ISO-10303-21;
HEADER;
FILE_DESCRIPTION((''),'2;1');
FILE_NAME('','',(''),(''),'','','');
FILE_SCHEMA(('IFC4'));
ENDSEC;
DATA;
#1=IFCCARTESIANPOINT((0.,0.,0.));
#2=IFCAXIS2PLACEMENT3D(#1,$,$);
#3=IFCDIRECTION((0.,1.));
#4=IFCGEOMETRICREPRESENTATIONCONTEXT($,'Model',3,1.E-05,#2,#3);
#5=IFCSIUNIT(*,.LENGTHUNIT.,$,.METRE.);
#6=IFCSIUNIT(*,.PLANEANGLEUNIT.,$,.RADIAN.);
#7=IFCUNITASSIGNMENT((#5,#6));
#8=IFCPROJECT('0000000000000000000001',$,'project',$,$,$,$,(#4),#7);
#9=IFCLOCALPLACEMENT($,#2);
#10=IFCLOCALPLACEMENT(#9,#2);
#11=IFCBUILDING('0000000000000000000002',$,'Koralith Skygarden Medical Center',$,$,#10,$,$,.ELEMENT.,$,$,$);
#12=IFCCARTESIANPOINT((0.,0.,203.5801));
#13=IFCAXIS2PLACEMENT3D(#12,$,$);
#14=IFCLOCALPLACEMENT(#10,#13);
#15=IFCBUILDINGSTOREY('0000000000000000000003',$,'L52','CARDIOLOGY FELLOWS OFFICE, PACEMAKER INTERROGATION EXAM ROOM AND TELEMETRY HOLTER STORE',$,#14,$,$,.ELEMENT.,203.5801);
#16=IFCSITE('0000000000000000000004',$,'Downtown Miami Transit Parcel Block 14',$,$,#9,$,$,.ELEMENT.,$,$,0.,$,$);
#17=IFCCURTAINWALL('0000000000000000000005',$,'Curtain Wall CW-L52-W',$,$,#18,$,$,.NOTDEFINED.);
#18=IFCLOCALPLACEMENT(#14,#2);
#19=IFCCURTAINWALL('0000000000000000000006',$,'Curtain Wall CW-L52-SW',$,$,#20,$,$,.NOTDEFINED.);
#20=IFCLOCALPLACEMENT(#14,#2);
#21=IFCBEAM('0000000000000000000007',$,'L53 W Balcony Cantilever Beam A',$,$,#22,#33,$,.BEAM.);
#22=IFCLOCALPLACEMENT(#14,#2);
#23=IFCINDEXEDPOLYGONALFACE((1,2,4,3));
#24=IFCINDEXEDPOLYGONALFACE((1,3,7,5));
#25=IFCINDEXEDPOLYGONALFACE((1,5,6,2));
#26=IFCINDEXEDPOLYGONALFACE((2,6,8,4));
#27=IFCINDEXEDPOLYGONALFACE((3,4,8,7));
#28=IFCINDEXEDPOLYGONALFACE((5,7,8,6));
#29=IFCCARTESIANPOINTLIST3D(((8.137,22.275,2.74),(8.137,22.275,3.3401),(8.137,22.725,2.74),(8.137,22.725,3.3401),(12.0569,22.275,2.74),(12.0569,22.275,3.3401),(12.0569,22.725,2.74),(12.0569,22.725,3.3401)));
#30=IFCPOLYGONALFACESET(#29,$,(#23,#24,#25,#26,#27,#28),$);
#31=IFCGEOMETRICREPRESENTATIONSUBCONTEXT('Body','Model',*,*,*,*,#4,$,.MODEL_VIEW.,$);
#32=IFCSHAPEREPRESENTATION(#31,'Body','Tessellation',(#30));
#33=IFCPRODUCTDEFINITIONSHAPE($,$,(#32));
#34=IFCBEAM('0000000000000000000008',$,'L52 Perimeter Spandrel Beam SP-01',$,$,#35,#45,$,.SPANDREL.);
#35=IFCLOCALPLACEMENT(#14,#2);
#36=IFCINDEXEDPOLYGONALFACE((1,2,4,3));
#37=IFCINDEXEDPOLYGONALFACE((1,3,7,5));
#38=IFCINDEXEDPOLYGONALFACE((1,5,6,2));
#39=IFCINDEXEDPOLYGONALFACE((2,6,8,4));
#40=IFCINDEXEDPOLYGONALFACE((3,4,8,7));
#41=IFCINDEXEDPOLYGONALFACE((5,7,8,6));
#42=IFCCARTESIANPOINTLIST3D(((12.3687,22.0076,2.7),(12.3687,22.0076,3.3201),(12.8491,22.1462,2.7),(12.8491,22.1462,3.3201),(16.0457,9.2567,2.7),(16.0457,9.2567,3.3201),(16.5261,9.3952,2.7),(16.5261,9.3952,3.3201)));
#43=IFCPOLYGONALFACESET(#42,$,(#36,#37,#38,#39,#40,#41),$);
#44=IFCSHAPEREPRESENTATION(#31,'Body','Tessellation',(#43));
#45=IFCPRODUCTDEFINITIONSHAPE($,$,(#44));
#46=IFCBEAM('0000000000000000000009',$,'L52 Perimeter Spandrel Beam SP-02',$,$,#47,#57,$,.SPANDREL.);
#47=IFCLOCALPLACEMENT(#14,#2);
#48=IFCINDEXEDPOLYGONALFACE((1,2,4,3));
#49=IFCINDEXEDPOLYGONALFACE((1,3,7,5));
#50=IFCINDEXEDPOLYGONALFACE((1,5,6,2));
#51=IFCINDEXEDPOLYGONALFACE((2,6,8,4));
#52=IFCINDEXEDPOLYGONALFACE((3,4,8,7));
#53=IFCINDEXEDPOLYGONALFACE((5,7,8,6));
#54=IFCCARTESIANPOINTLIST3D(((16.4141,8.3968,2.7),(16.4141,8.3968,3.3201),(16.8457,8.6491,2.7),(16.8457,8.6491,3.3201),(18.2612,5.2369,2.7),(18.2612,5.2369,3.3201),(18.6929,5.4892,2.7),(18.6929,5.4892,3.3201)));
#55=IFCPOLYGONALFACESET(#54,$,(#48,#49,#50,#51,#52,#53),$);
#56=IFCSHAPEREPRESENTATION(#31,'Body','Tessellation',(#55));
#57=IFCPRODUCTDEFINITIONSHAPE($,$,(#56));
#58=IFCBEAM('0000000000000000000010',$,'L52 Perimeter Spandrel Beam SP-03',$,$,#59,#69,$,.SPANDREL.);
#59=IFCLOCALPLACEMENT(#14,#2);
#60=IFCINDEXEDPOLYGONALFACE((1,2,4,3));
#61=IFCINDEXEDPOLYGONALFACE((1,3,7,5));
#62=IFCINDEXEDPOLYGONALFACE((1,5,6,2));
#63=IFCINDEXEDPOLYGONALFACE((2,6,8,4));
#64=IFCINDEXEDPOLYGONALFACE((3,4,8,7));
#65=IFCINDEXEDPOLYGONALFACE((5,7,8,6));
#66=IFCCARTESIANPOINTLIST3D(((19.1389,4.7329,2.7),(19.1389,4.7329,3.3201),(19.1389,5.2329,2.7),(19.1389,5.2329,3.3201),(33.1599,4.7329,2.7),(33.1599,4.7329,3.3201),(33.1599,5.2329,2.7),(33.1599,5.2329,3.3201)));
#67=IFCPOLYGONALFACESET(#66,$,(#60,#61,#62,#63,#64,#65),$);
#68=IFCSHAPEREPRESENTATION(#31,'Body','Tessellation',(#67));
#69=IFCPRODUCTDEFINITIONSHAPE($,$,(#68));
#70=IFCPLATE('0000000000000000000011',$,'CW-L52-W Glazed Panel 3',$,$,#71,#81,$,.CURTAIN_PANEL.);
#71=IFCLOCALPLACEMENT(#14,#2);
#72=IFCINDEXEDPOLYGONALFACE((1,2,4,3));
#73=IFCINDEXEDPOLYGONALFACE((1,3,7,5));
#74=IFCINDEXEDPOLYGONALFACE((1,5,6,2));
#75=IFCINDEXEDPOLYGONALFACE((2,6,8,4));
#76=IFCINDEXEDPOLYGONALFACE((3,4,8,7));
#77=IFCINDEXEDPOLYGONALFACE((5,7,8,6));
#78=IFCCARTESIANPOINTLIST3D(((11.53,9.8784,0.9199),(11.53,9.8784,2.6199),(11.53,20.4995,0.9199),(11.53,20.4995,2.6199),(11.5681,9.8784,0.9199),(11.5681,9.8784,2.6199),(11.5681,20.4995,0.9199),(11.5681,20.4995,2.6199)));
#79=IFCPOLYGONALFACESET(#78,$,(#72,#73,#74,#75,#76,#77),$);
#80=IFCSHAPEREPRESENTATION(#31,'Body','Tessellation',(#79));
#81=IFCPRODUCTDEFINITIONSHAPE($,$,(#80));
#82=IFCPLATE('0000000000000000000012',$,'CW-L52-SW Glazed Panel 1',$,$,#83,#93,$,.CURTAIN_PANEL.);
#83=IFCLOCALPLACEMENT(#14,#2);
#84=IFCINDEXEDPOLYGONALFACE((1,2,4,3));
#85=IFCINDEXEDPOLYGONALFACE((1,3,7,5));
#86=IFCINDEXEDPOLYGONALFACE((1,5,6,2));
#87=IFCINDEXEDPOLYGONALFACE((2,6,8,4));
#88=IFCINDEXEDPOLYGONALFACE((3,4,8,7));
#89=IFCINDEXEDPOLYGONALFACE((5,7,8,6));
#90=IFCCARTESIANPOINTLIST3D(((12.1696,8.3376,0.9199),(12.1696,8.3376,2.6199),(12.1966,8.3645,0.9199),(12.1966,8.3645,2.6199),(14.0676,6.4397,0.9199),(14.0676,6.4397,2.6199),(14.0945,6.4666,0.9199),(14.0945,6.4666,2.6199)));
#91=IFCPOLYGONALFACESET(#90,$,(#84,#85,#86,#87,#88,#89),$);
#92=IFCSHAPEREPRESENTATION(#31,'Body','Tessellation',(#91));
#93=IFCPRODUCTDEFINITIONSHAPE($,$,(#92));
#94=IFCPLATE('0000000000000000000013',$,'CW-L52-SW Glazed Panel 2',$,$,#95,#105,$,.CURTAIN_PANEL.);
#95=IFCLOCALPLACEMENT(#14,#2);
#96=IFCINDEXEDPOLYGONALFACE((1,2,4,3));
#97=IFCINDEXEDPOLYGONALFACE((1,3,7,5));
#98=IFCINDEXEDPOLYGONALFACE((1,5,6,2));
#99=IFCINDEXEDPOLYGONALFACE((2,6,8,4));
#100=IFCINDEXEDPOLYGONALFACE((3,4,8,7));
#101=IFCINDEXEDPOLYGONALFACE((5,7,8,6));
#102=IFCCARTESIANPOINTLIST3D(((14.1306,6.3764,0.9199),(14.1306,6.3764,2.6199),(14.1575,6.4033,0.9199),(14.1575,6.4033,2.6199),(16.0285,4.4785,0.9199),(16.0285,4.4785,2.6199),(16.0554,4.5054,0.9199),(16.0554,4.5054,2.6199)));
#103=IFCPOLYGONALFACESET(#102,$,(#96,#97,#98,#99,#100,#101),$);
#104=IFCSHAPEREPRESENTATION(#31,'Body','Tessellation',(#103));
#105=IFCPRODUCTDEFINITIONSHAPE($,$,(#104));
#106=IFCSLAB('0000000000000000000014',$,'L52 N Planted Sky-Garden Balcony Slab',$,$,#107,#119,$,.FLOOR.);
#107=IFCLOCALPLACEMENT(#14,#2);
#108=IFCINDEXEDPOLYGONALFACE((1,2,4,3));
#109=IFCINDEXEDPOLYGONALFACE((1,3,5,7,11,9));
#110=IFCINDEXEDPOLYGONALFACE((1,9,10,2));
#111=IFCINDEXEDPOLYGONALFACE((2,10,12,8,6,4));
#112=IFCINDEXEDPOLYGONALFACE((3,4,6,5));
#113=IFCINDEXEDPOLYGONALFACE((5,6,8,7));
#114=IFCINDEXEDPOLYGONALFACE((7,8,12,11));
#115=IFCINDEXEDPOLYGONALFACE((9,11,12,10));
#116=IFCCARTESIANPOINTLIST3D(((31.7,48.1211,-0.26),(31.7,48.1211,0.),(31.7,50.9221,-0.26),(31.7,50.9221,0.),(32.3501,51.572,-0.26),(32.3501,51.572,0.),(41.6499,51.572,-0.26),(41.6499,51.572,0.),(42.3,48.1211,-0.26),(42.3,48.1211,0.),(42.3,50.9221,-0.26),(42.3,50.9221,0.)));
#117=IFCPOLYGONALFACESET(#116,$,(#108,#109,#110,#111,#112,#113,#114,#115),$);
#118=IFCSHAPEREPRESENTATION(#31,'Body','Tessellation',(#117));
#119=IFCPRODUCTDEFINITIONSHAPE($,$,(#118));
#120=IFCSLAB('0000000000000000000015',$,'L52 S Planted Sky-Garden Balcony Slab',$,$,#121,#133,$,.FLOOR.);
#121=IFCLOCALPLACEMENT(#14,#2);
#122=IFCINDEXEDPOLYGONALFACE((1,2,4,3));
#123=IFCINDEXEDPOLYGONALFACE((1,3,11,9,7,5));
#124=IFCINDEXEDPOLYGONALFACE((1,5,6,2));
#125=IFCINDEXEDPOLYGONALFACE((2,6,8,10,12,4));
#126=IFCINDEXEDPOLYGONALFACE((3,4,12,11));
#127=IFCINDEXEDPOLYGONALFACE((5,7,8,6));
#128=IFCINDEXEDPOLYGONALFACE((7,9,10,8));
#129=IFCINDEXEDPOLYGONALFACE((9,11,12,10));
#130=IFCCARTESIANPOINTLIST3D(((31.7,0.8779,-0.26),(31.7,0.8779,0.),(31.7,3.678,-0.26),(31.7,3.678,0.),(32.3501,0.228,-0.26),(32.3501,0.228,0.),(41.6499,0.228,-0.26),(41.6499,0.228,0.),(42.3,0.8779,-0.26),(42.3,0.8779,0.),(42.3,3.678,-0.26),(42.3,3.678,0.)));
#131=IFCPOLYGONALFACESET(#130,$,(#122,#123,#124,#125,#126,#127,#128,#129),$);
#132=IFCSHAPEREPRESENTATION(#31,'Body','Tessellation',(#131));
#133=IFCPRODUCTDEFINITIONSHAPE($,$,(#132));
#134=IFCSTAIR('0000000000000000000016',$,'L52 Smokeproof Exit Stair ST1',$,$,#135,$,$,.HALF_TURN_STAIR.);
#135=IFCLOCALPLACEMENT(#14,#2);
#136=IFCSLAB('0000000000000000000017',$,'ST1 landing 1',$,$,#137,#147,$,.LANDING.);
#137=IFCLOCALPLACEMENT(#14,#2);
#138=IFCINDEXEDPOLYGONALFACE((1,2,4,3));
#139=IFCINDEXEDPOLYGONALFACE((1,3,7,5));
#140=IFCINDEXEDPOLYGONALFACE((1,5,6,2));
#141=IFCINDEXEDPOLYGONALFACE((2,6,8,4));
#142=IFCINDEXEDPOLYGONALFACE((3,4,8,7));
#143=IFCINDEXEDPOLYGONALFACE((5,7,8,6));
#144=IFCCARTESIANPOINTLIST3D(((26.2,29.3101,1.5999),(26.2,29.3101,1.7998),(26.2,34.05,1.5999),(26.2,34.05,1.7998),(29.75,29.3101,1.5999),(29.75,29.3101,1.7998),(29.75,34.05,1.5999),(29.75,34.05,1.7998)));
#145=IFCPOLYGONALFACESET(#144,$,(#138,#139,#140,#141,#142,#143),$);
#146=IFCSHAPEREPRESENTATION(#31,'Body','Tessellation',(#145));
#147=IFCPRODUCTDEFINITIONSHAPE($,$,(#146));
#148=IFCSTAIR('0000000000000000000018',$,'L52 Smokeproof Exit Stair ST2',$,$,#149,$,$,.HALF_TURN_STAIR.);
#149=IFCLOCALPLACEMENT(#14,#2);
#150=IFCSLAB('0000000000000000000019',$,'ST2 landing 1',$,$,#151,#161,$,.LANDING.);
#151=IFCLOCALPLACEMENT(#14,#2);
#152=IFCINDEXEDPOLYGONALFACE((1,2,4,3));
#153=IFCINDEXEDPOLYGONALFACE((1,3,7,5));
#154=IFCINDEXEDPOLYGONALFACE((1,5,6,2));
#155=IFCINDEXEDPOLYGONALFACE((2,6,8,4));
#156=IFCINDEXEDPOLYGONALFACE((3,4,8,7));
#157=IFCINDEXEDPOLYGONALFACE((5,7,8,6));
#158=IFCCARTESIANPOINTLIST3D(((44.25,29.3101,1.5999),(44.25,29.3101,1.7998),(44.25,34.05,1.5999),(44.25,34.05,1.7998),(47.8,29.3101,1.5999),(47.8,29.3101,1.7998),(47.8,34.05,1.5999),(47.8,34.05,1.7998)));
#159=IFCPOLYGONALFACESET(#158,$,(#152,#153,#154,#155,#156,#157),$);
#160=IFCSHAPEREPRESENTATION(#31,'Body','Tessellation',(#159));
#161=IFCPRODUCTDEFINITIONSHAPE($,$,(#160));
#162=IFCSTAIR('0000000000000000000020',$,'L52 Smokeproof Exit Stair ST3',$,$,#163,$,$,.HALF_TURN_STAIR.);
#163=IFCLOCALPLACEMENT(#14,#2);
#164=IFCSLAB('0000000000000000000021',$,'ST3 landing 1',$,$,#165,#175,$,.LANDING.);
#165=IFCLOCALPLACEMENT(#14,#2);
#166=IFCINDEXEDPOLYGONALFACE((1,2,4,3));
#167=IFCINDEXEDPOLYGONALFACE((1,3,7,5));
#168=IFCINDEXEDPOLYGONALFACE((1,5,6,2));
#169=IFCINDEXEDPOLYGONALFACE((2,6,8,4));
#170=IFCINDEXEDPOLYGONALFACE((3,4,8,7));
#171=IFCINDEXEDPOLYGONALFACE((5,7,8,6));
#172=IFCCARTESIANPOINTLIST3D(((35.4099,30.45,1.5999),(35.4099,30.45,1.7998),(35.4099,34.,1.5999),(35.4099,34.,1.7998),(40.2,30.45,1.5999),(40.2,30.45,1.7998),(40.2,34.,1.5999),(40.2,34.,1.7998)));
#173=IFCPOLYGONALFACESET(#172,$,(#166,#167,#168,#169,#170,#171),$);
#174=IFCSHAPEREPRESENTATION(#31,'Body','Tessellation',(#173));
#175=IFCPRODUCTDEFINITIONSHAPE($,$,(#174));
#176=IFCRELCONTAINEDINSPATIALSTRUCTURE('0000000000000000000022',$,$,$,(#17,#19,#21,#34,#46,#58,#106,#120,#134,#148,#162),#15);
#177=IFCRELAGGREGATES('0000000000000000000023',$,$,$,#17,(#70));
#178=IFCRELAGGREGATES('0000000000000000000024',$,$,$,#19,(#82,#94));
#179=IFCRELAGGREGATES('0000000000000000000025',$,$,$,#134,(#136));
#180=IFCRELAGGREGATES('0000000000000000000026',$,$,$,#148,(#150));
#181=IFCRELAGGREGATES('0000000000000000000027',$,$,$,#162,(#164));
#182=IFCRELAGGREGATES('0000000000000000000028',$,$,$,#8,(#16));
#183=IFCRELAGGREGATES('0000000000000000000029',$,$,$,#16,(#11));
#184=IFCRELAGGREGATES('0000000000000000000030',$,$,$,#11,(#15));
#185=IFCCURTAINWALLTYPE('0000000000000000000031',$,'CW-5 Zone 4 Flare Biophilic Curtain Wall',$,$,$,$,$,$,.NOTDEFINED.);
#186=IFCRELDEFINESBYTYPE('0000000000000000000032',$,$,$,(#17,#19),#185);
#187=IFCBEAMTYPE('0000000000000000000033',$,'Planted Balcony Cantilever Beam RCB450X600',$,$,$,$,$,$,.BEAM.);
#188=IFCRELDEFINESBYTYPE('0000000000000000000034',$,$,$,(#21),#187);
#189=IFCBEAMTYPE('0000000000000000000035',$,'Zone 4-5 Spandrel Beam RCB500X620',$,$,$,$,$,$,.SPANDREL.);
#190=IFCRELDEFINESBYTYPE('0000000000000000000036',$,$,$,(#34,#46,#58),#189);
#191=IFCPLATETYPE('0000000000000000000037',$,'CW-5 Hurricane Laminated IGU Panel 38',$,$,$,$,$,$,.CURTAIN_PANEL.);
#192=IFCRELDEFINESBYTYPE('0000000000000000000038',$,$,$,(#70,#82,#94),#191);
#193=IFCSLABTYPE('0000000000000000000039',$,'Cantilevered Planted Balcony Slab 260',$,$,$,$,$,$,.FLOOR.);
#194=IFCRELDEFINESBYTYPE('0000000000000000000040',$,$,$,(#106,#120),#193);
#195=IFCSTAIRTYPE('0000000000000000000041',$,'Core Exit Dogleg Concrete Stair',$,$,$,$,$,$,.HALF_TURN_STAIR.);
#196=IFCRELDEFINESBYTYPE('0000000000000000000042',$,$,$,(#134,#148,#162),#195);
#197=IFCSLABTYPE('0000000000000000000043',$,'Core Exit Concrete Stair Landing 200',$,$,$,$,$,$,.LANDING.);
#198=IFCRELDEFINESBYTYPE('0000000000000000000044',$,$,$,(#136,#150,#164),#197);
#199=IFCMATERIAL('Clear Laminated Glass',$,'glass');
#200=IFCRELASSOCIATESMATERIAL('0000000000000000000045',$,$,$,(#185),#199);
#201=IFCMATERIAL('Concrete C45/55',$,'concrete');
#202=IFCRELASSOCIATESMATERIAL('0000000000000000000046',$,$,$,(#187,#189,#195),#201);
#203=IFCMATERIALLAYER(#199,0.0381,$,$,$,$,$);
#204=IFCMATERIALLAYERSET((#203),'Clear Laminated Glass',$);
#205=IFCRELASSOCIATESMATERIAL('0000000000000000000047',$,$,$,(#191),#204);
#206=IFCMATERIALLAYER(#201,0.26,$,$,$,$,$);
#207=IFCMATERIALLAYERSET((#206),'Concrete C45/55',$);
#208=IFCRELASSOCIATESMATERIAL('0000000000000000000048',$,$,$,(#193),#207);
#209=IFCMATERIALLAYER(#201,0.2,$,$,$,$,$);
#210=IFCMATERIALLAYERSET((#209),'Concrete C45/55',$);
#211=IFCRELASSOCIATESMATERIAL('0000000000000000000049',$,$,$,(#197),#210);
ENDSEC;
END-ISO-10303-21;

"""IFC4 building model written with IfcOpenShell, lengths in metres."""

from ifc_helpers import new_model, si_unit, direction, frame, origin, origin_2d, place, context, subcontext, project, spatial, polyline, rectangle, outline, extrude, material, layer, layer_set, material_profile, profile_set, type_object, element, aggregate, save


model = new_model("IFC4")

# Units and contexts
model_context = context("Model", 3, precision=1e-05, world=origin(), true_north=direction((0.0, 1.0)))
body_context = subcontext(model_context, "Body", "Model", "MODEL_VIEW")
ifc_project = project(units=[si_unit("LENGTHUNIT", "METRE"), si_unit("PLANEANGLEUNIT", "RADIAN")], contexts=[model_context])

# Site, building, storey
site_placement = place(None, origin())
site = spatial("IfcSite", under=ifc_project, at=site_placement, Name="Downtown Miami Transit Parcel Block 14", CompositionType="ELEMENT", RefElevation=0.0)
building_placement = place(site_placement, origin())
building = spatial("IfcBuilding", under=site, at=building_placement, Name="Koralith Skygarden Medical Center", CompositionType="ELEMENT")
storey_placement = place(building_placement, frame((0.0, 0.0, 203.5801)))
storey = spatial("IfcBuildingStorey", under=building, at=storey_placement, Name="L52", Description="CARDIOLOGY FELLOWS OFFICE, PACEMAKER INTERROGATION EXAM ROOM AND TELEMETRY HOLTER STORE", CompositionType="ELEMENT", Elevation=203.5801)

# Shared definitions
ifc_material_1 = material(Name="Clear Laminated Glass", Category="glass")
curtain_wall_type = type_object("IfcCurtainWallType", Name="CW-5 Zone 4 Flare Biophilic Curtain Wall", PredefinedType="NOTDEFINED", material=ifc_material_1)

# Curtain walls
curtain_wall_1_placement = place(storey_placement, origin())
curtain_wall_1 = element("IfcCurtainWall", 1, at=curtain_wall_1_placement, inside=storey, type_object=curtain_wall_type, Name="Curtain Wall CW-L52-W", PredefinedType="NOTDEFINED")
curtain_wall_2_placement = place(storey_placement, origin())
curtain_wall_2 = element("IfcCurtainWall", 2, at=curtain_wall_2_placement, inside=storey, type_object=curtain_wall_type, Name="Curtain Wall CW-L52-SW", PredefinedType="NOTDEFINED")

# Beams
ifc_material_2 = material(Name="Concrete C45/55", Category="concrete")
ifc_material_profile_1 = material_profile(ifc_material_2, rectangle(XDim=0.45, YDim=0.6001, at=origin_2d()), Name="RCB450X600")
ifc_profile_set_1 = profile_set([ifc_material_profile_1], Name="Concrete C45/55")
beam_type_1 = type_object("IfcBeamType", Name="Planted Balcony Cantilever Beam RCB450X600", PredefinedType="BEAM", material=ifc_profile_set_1)
beam_1_placement = place(storey_placement, frame((12.0569, 22.5, 3.04), z_axis=(-1.0, 0.0, 0.0), x_axis=(0.0, -1.0, 0.0)))
element("IfcBeam", 3, at=beam_1_placement, inside=storey, type_object=beam_type_1, Name="L53 W Balcony Cantilever Beam A", PredefinedType="BEAM", context=body_context, shape_type="SweptSolid", body=[
    extrude(rectangle(XDim=0.45, YDim=0.6001, at=origin_2d()), origin(), (0.0, 0.0, 1.0), 3.9199),
])
ifc_material_profile_2 = material_profile(ifc_material_2, rectangle(XDim=0.5, YDim=0.6201, at=origin_2d()), Name="RCB500X620")
ifc_profile_set_2 = profile_set([ifc_material_profile_2], Name="Concrete C45/55")
beam_type_2 = type_object("IfcBeamType", Name="Zone 4-5 Spandrel Beam RCB500X620", PredefinedType="SPANDREL", material=ifc_profile_set_2)
beam_2_placement = place(storey_placement, frame((12.6089, 22.0769, 3.01), z_axis=(0.27708, -0.960847, 0.0), x_axis=(0.960847, 0.27708, 0.0)))
element("IfcBeam", 4, at=beam_2_placement, inside=storey, type_object=beam_type_2, Name="L52 Perimeter Spandrel Beam SP-01", PredefinedType="SPANDREL", context=body_context, shape_type="SweptSolid", body=[
    extrude(rectangle(XDim=0.5, YDim=0.6201, at=origin_2d()), origin(), (0.0, 0.0, 1.0), 13.2705),
])
beam_3_placement = place(storey_placement, frame((16.6299, 8.5229, 3.01), z_axis=(0.504663, -0.863316, 0.0), x_axis=(0.863316, 0.504663, 0.0)))
element("IfcBeam", 5, at=beam_3_placement, inside=storey, type_object=beam_type_2, Name="L52 Perimeter Spandrel Beam SP-02", PredefinedType="SPANDREL", context=body_context, shape_type="SweptSolid", body=[
    extrude(rectangle(XDim=0.5, YDim=0.6201, at=origin_2d()), origin(), (0.0, 0.0, 1.0), 3.6602),
])
beam_4_placement = place(storey_placement, frame((19.1389, 4.9829, 3.01), z_axis=(1.0, 0.0, 0.0), x_axis=(0.0, 1.0, 0.0)))
element("IfcBeam", 6, at=beam_4_placement, inside=storey, type_object=beam_type_2, Name="L52 Perimeter Spandrel Beam SP-03", PredefinedType="SPANDREL", context=body_context, shape_type="SweptSolid", body=[
    extrude(rectangle(XDim=0.5, YDim=0.6201, at=origin_2d()), origin(), (0.0, 0.0, 1.0), 14.021),
])

# Plates
ifc_layer_1 = layer(ifc_material_1, 0.0381)
ifc_layer_set_1 = layer_set([ifc_layer_1], Name="Clear Laminated Glass")
plate_type_1 = type_object("IfcPlateType", Name="CW-5 Hurricane Laminated IGU Panel 38", PredefinedType="CURTAIN_PANEL", material=ifc_layer_set_1)
plate_1_placement = place(storey_placement, frame((11.5491, 15.189, 0.9199), z_axis=(0.0, 0.0, 1.0), x_axis=(0.0, -1.0, 0.0)))
plate_1 = element("IfcPlate", 7, at=plate_1_placement, type_object=plate_type_1, Name="CW-L52-W Glazed Panel 3", PredefinedType="CURTAIN_PANEL", context=body_context, shape_type="SweptSolid", body=[
    extrude(rectangle(XDim=10.6211, YDim=0.0381, at=origin_2d()), origin(), (0.0, 0.0, 1.0), 1.7),
])
aggregate(curtain_wall_1, [plate_1])
plate_2_placement = place(storey_placement, frame((13.1321, 7.4021, 0.9199), z_axis=(0.0, 0.0, 1.0), x_axis=(0.707107, -0.707107, 0.0)))
plate_2 = element("IfcPlate", 8, at=plate_2_placement, type_object=plate_type_1, Name="CW-L52-SW Glazed Panel 1", PredefinedType="CURTAIN_PANEL", context=body_context, shape_type="SweptSolid", body=[
    extrude(rectangle(XDim=2.6841, YDim=0.0381, at=origin_2d()), origin(), (0.0, 0.0, 1.0), 1.7),
])
plate_3_placement = place(storey_placement, frame((15.093, 5.4409, 0.9199), z_axis=(0.0, 0.0, 1.0), x_axis=(0.707107, -0.707107, 0.0)))
plate_3 = element("IfcPlate", 9, at=plate_3_placement, type_object=plate_type_1, Name="CW-L52-SW Glazed Panel 2", PredefinedType="CURTAIN_PANEL", context=body_context, shape_type="SweptSolid", body=[
    extrude(rectangle(XDim=2.6841, YDim=0.0381, at=origin_2d()), origin(), (0.0, 0.0, 1.0), 1.7),
])
aggregate(curtain_wall_2, [plate_2, plate_3])

# Slabs
ifc_layer_2 = layer(ifc_material_2, 0.26)
ifc_layer_set_2 = layer_set([ifc_layer_2], Name="Concrete C45/55")
slab_type_1 = type_object("IfcSlabType", Name="Cantilevered Planted Balcony Slab 260", PredefinedType="FLOOR", material=ifc_layer_set_2)
slab_1_placement = place(storey_placement, frame((0.0, 0.0, -0.26)))
element("IfcSlab", 10, at=slab_1_placement, inside=storey, type_object=slab_type_1, Name="L52 N Planted Sky-Garden Balcony Slab", PredefinedType="FLOOR", context=body_context, shape_type="SweptSolid", body=[
    extrude(outline(polyline([(31.7, 48.1211), (42.3, 48.1211), (42.3, 50.9221), (41.6499, 51.572), (32.3501, 51.572), (31.7, 50.9221), (31.7, 48.1211)])), origin(), (0.0, 0.0, 1.0), 0.26),
])
slab_2_placement = place(storey_placement, frame((0.0, 0.0, -0.26)))
element("IfcSlab", 11, at=slab_2_placement, inside=storey, type_object=slab_type_1, Name="L52 S Planted Sky-Garden Balcony Slab", PredefinedType="FLOOR", context=body_context, shape_type="SweptSolid", body=[
    extrude(outline(polyline([(32.3501, 0.228), (41.6499, 0.228), (42.3, 0.8779), (42.3, 3.678), (31.7, 3.678), (31.7, 0.8779), (32.3501, 0.228)])), origin(), (0.0, 0.0, 1.0), 0.26),
])

# Stairs, slabs
stair_type = type_object("IfcStairType", Name="Core Exit Dogleg Concrete Stair", PredefinedType="HALF_TURN_STAIR", material=ifc_material_2)
stair_1_placement = place(storey_placement, origin())
stair_1 = element("IfcStair", 12, at=stair_1_placement, inside=storey, type_object=stair_type, Name="L52 Smokeproof Exit Stair ST1", PredefinedType="HALF_TURN_STAIR")
ifc_layer_3 = layer(ifc_material_2, 0.2)
ifc_layer_set_3 = layer_set([ifc_layer_3], Name="Concrete C45/55")
slab_type_2 = type_object("IfcSlabType", Name="Core Exit Concrete Stair Landing 200", PredefinedType="LANDING", material=ifc_layer_set_3)
slab_3_placement = place(storey_placement, frame((0.0, 0.0, 1.5999)))
slab_3 = element("IfcSlab", 13, at=slab_3_placement, type_object=slab_type_2, Name="ST1 landing 1", PredefinedType="LANDING", context=body_context, shape_type="SweptSolid", body=[
    extrude(outline(polyline([(29.75, 29.3101), (29.75, 34.05), (26.2, 34.05), (26.2, 29.3101), (29.75, 29.3101)])), origin(), (0.0, 0.0, 1.0), 0.2),
])
aggregate(stair_1, [slab_3])
stair_2_placement = place(storey_placement, origin())
stair_2 = element("IfcStair", 14, at=stair_2_placement, inside=storey, type_object=stair_type, Name="L52 Smokeproof Exit Stair ST2", PredefinedType="HALF_TURN_STAIR")
slab_4_placement = place(storey_placement, frame((0.0, 0.0, 1.5999)))
slab_4 = element("IfcSlab", 15, at=slab_4_placement, type_object=slab_type_2, Name="ST2 landing 1", PredefinedType="LANDING", context=body_context, shape_type="SweptSolid", body=[
    extrude(outline(polyline([(47.8, 29.3101), (47.8, 34.05), (44.25, 34.05), (44.25, 29.3101), (47.8, 29.3101)])), origin(), (0.0, 0.0, 1.0), 0.2),
])
aggregate(stair_2, [slab_4])
stair_3_placement = place(storey_placement, origin())
stair_3 = element("IfcStair", 16, at=stair_3_placement, inside=storey, type_object=stair_type, Name="L52 Smokeproof Exit Stair ST3", PredefinedType="HALF_TURN_STAIR")
slab_5_placement = place(storey_placement, frame((0.0, 0.0, 1.5999)))
slab_5 = element("IfcSlab", 17, at=slab_5_placement, type_object=slab_type_2, Name="ST3 landing 1", PredefinedType="LANDING", context=body_context, shape_type="SweptSolid", body=[
    extrude(outline(polyline([(35.4099, 30.45), (40.2, 30.45), (40.2, 34.0), (35.4099, 34.0), (35.4099, 30.45)])), origin(), (0.0, 0.0, 1.0), 0.2),
])
aggregate(stair_3, [slab_5])

save(model, "model.ifc")
